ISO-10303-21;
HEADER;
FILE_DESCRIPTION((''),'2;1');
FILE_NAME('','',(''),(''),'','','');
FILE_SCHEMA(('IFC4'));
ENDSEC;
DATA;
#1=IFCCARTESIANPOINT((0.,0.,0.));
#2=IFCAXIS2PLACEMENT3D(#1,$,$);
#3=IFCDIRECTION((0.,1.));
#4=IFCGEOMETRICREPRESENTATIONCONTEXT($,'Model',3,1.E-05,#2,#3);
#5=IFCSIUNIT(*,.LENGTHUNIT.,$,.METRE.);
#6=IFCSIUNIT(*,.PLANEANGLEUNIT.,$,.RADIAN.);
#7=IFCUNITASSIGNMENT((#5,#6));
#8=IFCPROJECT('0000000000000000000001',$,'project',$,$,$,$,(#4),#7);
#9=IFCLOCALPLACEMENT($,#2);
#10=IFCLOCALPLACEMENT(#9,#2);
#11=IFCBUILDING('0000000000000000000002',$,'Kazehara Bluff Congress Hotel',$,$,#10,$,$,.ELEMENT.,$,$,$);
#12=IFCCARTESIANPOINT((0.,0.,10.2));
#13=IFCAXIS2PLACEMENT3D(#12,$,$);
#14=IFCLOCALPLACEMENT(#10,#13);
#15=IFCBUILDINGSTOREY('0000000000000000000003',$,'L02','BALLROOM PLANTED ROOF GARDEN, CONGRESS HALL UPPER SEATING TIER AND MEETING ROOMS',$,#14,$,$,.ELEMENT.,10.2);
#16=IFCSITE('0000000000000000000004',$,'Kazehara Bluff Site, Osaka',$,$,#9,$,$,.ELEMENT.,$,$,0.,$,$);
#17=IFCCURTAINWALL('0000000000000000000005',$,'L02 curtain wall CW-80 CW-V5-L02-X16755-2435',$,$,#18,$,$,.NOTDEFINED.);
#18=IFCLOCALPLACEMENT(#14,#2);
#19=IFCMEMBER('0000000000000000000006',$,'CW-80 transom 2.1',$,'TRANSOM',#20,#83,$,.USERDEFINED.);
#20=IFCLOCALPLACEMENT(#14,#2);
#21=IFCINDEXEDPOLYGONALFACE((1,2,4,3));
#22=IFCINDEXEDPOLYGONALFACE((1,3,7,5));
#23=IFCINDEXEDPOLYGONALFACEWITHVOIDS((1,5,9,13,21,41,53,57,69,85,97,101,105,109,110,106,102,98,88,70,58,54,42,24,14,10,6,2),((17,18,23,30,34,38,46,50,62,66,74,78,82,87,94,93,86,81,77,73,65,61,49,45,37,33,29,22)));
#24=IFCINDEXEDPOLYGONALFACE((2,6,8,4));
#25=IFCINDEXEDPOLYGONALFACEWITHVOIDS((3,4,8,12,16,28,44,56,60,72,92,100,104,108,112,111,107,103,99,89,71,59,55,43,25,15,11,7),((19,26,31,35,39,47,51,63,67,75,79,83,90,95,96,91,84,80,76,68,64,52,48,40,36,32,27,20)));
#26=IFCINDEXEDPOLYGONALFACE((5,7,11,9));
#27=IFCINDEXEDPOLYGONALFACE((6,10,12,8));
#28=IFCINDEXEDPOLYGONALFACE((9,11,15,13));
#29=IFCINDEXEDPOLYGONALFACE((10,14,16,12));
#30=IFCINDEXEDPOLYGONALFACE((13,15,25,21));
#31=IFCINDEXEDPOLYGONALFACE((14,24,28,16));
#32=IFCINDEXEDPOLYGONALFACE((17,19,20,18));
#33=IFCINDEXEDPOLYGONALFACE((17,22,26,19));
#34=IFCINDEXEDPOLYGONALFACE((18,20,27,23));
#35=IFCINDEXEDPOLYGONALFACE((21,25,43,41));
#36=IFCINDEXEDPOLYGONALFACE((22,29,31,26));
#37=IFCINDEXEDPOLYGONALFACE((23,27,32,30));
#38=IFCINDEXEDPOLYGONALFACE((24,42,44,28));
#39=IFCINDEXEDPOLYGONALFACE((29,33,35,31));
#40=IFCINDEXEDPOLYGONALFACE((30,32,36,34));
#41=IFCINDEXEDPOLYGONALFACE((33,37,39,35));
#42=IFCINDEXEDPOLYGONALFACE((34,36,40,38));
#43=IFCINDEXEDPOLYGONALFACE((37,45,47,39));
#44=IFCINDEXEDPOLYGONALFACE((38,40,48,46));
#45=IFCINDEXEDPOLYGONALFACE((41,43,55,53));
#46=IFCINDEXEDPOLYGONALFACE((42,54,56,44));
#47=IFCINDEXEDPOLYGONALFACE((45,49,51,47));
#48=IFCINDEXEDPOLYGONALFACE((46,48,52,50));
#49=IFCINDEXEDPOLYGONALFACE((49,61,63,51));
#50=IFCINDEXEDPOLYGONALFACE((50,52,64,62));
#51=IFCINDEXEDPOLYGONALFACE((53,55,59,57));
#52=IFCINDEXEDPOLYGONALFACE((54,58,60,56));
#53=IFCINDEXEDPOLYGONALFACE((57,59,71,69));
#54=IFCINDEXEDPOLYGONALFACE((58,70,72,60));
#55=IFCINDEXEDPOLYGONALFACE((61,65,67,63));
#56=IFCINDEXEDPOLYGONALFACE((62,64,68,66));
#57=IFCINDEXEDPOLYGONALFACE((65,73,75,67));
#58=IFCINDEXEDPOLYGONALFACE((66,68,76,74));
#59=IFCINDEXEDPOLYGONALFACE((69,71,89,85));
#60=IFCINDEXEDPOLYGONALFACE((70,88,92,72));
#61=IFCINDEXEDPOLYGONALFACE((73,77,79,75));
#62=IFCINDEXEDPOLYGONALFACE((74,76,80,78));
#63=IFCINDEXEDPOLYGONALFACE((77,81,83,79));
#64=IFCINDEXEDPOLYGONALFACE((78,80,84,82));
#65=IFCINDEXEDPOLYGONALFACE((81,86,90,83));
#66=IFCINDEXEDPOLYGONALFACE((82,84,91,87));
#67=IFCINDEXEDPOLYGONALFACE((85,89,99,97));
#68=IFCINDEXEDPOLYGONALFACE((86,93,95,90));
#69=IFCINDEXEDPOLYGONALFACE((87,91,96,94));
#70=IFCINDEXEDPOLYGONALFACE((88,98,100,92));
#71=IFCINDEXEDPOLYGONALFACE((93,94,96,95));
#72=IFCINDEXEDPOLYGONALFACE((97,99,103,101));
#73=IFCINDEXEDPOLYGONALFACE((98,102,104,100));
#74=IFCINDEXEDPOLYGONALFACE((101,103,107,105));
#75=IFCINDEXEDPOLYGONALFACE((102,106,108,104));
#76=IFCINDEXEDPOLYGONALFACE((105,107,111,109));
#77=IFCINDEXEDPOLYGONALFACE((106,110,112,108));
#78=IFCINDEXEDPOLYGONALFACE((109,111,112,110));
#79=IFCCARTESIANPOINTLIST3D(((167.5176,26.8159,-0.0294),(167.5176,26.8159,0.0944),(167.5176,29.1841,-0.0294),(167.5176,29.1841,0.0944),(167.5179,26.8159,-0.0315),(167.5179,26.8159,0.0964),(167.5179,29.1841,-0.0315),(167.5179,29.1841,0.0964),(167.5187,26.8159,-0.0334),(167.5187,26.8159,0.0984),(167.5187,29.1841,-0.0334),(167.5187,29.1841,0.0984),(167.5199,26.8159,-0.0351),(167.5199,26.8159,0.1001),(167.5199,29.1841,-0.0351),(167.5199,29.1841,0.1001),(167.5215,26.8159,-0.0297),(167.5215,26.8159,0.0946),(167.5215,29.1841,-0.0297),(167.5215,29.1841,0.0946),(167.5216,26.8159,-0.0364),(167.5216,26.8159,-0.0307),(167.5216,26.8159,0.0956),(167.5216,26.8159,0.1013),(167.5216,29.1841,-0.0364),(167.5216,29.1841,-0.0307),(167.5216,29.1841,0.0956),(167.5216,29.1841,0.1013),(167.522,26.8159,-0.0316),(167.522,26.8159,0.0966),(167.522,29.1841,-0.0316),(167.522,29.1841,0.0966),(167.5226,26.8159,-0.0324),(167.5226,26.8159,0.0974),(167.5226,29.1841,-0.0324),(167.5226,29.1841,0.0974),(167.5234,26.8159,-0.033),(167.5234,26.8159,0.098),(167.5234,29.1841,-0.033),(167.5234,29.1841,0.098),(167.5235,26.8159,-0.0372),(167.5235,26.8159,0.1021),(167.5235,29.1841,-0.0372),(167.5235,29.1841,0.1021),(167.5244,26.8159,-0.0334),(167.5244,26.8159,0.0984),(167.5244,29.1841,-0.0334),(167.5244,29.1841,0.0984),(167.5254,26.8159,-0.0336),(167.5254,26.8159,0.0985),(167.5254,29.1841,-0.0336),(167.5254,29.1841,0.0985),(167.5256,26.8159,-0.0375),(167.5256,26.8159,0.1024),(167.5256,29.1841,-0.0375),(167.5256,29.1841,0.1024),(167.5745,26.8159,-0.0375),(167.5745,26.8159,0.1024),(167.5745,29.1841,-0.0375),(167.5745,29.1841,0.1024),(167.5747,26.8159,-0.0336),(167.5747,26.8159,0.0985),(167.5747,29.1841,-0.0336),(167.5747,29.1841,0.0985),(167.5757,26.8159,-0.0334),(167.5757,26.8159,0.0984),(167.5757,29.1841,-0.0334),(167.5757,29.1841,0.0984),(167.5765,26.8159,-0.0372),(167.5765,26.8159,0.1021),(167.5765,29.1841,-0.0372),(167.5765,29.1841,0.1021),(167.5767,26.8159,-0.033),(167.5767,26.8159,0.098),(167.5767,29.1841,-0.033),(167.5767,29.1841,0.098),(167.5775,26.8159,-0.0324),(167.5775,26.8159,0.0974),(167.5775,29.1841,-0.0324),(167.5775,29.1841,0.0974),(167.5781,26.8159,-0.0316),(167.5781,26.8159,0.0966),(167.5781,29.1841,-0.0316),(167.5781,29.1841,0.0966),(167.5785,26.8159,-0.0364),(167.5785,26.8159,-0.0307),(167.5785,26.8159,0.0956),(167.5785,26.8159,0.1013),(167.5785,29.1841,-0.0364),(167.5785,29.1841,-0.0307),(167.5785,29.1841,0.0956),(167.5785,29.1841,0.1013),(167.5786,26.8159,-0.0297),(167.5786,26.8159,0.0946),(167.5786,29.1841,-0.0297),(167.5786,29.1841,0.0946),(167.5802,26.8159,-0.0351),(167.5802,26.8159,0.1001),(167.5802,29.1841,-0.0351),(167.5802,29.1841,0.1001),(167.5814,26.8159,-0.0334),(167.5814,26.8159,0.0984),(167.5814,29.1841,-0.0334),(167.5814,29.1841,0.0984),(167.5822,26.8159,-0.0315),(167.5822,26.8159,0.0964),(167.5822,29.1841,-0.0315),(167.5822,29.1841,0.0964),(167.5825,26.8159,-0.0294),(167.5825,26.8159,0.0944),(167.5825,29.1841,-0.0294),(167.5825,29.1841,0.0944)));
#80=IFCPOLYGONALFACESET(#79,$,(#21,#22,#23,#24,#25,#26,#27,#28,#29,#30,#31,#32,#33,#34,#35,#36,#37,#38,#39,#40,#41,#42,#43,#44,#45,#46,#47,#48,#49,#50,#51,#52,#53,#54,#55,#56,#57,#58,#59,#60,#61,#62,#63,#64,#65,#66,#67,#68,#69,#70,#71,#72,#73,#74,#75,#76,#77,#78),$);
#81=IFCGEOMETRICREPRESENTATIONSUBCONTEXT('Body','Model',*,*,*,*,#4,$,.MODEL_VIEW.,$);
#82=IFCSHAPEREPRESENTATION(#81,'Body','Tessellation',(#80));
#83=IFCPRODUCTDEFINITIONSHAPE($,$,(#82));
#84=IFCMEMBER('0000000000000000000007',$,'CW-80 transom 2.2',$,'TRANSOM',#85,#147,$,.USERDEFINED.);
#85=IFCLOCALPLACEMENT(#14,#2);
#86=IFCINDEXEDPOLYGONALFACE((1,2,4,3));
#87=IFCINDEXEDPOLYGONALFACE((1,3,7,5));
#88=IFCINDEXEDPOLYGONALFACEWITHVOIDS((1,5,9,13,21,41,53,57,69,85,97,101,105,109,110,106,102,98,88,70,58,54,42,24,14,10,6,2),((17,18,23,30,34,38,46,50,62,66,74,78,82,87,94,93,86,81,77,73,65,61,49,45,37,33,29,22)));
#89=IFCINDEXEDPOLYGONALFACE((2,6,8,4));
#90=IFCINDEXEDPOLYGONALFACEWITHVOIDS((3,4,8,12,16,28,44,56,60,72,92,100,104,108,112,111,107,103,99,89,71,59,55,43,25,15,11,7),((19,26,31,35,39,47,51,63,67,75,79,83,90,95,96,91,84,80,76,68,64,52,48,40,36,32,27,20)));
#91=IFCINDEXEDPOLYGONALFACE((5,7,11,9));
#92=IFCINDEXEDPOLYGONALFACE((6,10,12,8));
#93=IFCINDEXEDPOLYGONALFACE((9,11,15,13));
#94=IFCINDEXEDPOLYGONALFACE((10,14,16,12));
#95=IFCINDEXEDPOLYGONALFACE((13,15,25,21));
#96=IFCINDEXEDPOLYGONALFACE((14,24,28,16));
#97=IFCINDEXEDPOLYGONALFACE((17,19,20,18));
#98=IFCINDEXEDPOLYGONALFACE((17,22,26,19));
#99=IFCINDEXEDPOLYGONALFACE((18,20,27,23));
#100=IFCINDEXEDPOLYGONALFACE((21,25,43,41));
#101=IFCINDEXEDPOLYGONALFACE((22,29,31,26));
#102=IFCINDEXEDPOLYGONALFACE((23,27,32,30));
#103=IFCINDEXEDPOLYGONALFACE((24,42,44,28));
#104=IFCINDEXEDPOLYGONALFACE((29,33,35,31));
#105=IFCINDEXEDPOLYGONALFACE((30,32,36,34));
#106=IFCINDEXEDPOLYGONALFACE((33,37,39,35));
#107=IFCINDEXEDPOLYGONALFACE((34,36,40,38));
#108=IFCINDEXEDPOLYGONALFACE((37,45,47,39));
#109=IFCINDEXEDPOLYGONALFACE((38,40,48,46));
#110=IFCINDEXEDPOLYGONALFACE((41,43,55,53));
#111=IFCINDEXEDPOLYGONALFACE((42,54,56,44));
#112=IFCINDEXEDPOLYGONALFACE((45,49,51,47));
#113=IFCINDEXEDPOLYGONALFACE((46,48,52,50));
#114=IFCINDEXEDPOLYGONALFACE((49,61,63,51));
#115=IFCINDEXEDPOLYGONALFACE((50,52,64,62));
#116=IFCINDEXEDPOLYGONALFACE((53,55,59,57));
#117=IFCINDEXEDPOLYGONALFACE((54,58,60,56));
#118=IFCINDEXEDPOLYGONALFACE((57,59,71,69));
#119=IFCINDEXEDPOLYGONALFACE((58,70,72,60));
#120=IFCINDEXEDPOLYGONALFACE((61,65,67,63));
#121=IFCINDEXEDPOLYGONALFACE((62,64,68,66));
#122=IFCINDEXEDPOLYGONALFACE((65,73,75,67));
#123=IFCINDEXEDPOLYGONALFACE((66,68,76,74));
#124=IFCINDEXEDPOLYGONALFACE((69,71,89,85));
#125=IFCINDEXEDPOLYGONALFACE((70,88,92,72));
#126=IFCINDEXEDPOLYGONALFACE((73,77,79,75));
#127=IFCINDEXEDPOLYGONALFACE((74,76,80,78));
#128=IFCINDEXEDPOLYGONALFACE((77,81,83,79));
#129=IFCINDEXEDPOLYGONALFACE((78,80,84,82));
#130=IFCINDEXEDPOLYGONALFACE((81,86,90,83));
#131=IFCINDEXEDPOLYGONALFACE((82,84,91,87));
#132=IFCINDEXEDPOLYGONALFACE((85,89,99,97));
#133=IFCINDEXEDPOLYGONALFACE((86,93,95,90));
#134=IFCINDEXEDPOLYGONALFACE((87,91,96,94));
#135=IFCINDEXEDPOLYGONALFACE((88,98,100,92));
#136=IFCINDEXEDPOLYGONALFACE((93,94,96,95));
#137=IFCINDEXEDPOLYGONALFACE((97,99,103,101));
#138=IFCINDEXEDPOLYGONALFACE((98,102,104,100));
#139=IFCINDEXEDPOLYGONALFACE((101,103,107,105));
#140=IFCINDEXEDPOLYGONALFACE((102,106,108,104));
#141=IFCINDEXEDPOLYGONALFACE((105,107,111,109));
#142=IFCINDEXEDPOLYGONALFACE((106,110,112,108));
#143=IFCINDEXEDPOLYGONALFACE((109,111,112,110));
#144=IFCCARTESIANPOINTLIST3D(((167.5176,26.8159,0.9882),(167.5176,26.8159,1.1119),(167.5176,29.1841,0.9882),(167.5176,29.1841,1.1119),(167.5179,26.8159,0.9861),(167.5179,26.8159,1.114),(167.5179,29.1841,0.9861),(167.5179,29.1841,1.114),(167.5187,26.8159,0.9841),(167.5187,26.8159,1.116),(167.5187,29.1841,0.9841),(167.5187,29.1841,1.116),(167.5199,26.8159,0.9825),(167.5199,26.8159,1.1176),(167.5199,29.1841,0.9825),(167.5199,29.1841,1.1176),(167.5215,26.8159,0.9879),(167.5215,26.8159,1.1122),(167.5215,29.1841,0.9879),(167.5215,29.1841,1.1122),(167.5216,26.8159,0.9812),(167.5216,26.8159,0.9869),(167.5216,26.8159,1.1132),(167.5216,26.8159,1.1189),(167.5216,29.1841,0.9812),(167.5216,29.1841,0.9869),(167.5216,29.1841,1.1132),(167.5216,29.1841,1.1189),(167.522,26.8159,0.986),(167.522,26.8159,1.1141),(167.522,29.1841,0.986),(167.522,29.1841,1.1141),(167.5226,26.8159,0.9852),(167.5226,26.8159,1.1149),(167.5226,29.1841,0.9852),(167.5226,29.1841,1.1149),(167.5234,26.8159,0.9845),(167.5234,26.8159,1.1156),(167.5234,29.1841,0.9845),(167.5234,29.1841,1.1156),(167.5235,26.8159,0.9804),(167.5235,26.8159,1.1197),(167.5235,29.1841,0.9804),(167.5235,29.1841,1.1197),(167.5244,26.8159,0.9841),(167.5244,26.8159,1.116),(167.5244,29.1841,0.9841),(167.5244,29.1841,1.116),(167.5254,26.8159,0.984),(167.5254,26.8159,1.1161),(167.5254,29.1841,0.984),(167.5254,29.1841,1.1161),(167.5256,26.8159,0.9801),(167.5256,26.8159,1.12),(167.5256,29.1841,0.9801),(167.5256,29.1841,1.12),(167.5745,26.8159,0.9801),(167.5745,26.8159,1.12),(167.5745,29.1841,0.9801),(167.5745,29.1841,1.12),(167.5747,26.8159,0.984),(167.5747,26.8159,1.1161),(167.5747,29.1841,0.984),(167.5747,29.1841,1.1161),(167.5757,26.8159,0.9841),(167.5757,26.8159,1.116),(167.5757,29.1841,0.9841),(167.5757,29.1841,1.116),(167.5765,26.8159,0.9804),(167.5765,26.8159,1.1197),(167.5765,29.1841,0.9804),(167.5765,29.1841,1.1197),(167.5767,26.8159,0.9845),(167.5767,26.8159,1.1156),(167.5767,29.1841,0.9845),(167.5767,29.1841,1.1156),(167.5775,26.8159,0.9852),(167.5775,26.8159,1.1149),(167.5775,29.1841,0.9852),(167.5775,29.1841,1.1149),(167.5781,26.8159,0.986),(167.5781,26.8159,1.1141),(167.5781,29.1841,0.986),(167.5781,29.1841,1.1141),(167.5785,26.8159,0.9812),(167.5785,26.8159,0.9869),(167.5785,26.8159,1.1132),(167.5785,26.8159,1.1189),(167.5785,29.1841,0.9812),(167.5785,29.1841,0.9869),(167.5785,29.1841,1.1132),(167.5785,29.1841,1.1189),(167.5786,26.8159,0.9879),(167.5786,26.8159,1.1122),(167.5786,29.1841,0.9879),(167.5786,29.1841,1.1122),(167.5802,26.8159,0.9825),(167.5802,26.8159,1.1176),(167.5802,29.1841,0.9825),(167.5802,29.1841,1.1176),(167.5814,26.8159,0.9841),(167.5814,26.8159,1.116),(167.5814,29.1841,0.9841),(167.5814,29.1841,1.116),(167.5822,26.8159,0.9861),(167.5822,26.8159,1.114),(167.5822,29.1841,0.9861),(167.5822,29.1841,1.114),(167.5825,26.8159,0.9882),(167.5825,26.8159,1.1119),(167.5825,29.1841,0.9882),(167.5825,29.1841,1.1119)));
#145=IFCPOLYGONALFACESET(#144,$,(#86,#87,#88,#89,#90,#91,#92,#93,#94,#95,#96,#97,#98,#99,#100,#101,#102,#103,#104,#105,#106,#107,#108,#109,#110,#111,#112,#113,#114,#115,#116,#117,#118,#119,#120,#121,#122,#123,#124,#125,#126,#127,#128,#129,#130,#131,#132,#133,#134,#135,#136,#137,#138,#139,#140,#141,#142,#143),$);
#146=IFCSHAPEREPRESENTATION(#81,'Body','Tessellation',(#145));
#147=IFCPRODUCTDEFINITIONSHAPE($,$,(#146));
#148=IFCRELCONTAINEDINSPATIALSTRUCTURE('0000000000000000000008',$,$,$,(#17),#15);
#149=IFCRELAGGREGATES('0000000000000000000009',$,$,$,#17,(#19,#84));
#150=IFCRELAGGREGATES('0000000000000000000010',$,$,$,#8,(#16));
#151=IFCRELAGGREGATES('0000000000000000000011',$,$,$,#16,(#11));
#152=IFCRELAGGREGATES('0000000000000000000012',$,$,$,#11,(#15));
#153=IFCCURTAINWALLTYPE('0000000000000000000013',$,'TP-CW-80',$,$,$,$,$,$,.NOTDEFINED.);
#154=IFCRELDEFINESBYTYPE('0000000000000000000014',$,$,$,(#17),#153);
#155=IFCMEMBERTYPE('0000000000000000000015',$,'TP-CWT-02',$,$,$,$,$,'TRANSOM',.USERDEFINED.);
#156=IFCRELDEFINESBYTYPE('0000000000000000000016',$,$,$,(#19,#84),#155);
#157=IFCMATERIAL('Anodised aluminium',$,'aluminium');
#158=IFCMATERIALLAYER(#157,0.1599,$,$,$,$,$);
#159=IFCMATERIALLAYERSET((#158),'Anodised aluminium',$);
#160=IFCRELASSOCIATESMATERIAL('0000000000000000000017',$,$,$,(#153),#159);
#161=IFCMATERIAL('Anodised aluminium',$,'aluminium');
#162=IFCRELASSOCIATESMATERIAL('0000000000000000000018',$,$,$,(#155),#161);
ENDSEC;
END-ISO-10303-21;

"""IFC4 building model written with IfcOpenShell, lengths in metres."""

from ifc_helpers import new_model, si_unit, direction, frame, origin, origin_2d, place, context, subcontext, project, spatial, hollow_rectangle, extrude, material, layer, layer_set, material_profile, profile_set, type_object, element, aggregate, save


model = new_model("IFC4")

# Units and contexts
model_context = context("Model", 3, precision=1e-05, world=origin(), true_north=direction((0.0, 1.0)))
body_context = subcontext(model_context, "Body", "Model", "MODEL_VIEW")
ifc_project = project(units=[si_unit("LENGTHUNIT", "METRE"), si_unit("PLANEANGLEUNIT", "RADIAN")], contexts=[model_context])

# Site, building, storey
site_placement = place(None, origin())
site = spatial("IfcSite", under=ifc_project, at=site_placement, Name="Kazehara Bluff Site, Osaka", CompositionType="ELEMENT", RefElevation=0.0)
building_placement = place(site_placement, origin())
building = spatial("IfcBuilding", under=site, at=building_placement, Name="Kazehara Bluff Congress Hotel", CompositionType="ELEMENT")
storey_placement = place(building_placement, frame((0.0, 0.0, 10.2)))
storey = spatial("IfcBuildingStorey", under=building, at=storey_placement, Name="L02", Description="BALLROOM PLANTED ROOF GARDEN, CONGRESS HALL UPPER SEATING TIER AND MEETING ROOMS", CompositionType="ELEMENT", Elevation=10.2)

# Curtain wall, members
ifc_material_1 = material(Name="Anodised aluminium", Category="aluminium")
ifc_layer_1 = layer(ifc_material_1, 0.1599)
ifc_layer_set_1 = layer_set([ifc_layer_1], Name="Anodised aluminium")
curtain_wall_type = type_object("IfcCurtainWallType", Name="TP-CW-80", PredefinedType="NOTDEFINED", material=ifc_layer_set_1)
curtain_wall_placement = place(storey_placement, origin())
curtain_wall = element("IfcCurtainWall", 1, at=curtain_wall_placement, inside=storey, type_object=curtain_wall_type, Name="L02 curtain wall CW-80 CW-V5-L02-X16755-2435", PredefinedType="NOTDEFINED")
ifc_material_2 = material(Name="Anodised aluminium", Category="aluminium")
ifc_material_profile_1 = material_profile(ifc_material_2, hollow_rectangle(XDim=0.0649, YDim=0.1399, WallThickness=0.0039, InnerFilletRadius=0.0039, OuterFilletRadius=0.0081, at=origin_2d()))
ifc_profile_set_1 = profile_set([ifc_material_profile_1], Name="Anodised aluminium")
member_type_1 = type_object("IfcMemberType", Name="TP-CWT-02", ElementType="TRANSOM", PredefinedType="USERDEFINED", material=ifc_profile_set_1)
member_1_placement = place(storey_placement, frame((167.55, 26.8159, 0.0325), z_axis=(0.0, 1.0, 0.0), x_axis=(-1.0, 0.0, 0.0)))
member_1 = element("IfcMember", 2, at=member_1_placement, type_object=member_type_1, Name="CW-80 transom 2.1", ObjectType="TRANSOM", PredefinedType="USERDEFINED", context=body_context, shape_type="SweptSolid", body=[
    extrude(hollow_rectangle(XDim=0.0649, YDim=0.1399, WallThickness=0.0039, InnerFilletRadius=0.0039, OuterFilletRadius=0.0081, at=origin_2d()), origin(), (0.0, 0.0, 1.0), 2.3682),
])
member_2_placement = place(storey_placement, frame((167.55, 26.8159, 1.05), z_axis=(0.0, 1.0, 0.0), x_axis=(-1.0, 0.0, 0.0)))
member_2 = element("IfcMember", 3, at=member_2_placement, type_object=member_type_1, Name="CW-80 transom 2.2", ObjectType="TRANSOM", PredefinedType="USERDEFINED", context=body_context, shape_type="SweptSolid", body=[
    extrude(hollow_rectangle(XDim=0.0649, YDim=0.1399, WallThickness=0.0039, InnerFilletRadius=0.0039, OuterFilletRadius=0.0081, at=origin_2d()), origin(), (0.0, 0.0, 1.0), 2.3682),
])

aggregate(curtain_wall, [member_1, member_2])

save(model, "model.ifc")
